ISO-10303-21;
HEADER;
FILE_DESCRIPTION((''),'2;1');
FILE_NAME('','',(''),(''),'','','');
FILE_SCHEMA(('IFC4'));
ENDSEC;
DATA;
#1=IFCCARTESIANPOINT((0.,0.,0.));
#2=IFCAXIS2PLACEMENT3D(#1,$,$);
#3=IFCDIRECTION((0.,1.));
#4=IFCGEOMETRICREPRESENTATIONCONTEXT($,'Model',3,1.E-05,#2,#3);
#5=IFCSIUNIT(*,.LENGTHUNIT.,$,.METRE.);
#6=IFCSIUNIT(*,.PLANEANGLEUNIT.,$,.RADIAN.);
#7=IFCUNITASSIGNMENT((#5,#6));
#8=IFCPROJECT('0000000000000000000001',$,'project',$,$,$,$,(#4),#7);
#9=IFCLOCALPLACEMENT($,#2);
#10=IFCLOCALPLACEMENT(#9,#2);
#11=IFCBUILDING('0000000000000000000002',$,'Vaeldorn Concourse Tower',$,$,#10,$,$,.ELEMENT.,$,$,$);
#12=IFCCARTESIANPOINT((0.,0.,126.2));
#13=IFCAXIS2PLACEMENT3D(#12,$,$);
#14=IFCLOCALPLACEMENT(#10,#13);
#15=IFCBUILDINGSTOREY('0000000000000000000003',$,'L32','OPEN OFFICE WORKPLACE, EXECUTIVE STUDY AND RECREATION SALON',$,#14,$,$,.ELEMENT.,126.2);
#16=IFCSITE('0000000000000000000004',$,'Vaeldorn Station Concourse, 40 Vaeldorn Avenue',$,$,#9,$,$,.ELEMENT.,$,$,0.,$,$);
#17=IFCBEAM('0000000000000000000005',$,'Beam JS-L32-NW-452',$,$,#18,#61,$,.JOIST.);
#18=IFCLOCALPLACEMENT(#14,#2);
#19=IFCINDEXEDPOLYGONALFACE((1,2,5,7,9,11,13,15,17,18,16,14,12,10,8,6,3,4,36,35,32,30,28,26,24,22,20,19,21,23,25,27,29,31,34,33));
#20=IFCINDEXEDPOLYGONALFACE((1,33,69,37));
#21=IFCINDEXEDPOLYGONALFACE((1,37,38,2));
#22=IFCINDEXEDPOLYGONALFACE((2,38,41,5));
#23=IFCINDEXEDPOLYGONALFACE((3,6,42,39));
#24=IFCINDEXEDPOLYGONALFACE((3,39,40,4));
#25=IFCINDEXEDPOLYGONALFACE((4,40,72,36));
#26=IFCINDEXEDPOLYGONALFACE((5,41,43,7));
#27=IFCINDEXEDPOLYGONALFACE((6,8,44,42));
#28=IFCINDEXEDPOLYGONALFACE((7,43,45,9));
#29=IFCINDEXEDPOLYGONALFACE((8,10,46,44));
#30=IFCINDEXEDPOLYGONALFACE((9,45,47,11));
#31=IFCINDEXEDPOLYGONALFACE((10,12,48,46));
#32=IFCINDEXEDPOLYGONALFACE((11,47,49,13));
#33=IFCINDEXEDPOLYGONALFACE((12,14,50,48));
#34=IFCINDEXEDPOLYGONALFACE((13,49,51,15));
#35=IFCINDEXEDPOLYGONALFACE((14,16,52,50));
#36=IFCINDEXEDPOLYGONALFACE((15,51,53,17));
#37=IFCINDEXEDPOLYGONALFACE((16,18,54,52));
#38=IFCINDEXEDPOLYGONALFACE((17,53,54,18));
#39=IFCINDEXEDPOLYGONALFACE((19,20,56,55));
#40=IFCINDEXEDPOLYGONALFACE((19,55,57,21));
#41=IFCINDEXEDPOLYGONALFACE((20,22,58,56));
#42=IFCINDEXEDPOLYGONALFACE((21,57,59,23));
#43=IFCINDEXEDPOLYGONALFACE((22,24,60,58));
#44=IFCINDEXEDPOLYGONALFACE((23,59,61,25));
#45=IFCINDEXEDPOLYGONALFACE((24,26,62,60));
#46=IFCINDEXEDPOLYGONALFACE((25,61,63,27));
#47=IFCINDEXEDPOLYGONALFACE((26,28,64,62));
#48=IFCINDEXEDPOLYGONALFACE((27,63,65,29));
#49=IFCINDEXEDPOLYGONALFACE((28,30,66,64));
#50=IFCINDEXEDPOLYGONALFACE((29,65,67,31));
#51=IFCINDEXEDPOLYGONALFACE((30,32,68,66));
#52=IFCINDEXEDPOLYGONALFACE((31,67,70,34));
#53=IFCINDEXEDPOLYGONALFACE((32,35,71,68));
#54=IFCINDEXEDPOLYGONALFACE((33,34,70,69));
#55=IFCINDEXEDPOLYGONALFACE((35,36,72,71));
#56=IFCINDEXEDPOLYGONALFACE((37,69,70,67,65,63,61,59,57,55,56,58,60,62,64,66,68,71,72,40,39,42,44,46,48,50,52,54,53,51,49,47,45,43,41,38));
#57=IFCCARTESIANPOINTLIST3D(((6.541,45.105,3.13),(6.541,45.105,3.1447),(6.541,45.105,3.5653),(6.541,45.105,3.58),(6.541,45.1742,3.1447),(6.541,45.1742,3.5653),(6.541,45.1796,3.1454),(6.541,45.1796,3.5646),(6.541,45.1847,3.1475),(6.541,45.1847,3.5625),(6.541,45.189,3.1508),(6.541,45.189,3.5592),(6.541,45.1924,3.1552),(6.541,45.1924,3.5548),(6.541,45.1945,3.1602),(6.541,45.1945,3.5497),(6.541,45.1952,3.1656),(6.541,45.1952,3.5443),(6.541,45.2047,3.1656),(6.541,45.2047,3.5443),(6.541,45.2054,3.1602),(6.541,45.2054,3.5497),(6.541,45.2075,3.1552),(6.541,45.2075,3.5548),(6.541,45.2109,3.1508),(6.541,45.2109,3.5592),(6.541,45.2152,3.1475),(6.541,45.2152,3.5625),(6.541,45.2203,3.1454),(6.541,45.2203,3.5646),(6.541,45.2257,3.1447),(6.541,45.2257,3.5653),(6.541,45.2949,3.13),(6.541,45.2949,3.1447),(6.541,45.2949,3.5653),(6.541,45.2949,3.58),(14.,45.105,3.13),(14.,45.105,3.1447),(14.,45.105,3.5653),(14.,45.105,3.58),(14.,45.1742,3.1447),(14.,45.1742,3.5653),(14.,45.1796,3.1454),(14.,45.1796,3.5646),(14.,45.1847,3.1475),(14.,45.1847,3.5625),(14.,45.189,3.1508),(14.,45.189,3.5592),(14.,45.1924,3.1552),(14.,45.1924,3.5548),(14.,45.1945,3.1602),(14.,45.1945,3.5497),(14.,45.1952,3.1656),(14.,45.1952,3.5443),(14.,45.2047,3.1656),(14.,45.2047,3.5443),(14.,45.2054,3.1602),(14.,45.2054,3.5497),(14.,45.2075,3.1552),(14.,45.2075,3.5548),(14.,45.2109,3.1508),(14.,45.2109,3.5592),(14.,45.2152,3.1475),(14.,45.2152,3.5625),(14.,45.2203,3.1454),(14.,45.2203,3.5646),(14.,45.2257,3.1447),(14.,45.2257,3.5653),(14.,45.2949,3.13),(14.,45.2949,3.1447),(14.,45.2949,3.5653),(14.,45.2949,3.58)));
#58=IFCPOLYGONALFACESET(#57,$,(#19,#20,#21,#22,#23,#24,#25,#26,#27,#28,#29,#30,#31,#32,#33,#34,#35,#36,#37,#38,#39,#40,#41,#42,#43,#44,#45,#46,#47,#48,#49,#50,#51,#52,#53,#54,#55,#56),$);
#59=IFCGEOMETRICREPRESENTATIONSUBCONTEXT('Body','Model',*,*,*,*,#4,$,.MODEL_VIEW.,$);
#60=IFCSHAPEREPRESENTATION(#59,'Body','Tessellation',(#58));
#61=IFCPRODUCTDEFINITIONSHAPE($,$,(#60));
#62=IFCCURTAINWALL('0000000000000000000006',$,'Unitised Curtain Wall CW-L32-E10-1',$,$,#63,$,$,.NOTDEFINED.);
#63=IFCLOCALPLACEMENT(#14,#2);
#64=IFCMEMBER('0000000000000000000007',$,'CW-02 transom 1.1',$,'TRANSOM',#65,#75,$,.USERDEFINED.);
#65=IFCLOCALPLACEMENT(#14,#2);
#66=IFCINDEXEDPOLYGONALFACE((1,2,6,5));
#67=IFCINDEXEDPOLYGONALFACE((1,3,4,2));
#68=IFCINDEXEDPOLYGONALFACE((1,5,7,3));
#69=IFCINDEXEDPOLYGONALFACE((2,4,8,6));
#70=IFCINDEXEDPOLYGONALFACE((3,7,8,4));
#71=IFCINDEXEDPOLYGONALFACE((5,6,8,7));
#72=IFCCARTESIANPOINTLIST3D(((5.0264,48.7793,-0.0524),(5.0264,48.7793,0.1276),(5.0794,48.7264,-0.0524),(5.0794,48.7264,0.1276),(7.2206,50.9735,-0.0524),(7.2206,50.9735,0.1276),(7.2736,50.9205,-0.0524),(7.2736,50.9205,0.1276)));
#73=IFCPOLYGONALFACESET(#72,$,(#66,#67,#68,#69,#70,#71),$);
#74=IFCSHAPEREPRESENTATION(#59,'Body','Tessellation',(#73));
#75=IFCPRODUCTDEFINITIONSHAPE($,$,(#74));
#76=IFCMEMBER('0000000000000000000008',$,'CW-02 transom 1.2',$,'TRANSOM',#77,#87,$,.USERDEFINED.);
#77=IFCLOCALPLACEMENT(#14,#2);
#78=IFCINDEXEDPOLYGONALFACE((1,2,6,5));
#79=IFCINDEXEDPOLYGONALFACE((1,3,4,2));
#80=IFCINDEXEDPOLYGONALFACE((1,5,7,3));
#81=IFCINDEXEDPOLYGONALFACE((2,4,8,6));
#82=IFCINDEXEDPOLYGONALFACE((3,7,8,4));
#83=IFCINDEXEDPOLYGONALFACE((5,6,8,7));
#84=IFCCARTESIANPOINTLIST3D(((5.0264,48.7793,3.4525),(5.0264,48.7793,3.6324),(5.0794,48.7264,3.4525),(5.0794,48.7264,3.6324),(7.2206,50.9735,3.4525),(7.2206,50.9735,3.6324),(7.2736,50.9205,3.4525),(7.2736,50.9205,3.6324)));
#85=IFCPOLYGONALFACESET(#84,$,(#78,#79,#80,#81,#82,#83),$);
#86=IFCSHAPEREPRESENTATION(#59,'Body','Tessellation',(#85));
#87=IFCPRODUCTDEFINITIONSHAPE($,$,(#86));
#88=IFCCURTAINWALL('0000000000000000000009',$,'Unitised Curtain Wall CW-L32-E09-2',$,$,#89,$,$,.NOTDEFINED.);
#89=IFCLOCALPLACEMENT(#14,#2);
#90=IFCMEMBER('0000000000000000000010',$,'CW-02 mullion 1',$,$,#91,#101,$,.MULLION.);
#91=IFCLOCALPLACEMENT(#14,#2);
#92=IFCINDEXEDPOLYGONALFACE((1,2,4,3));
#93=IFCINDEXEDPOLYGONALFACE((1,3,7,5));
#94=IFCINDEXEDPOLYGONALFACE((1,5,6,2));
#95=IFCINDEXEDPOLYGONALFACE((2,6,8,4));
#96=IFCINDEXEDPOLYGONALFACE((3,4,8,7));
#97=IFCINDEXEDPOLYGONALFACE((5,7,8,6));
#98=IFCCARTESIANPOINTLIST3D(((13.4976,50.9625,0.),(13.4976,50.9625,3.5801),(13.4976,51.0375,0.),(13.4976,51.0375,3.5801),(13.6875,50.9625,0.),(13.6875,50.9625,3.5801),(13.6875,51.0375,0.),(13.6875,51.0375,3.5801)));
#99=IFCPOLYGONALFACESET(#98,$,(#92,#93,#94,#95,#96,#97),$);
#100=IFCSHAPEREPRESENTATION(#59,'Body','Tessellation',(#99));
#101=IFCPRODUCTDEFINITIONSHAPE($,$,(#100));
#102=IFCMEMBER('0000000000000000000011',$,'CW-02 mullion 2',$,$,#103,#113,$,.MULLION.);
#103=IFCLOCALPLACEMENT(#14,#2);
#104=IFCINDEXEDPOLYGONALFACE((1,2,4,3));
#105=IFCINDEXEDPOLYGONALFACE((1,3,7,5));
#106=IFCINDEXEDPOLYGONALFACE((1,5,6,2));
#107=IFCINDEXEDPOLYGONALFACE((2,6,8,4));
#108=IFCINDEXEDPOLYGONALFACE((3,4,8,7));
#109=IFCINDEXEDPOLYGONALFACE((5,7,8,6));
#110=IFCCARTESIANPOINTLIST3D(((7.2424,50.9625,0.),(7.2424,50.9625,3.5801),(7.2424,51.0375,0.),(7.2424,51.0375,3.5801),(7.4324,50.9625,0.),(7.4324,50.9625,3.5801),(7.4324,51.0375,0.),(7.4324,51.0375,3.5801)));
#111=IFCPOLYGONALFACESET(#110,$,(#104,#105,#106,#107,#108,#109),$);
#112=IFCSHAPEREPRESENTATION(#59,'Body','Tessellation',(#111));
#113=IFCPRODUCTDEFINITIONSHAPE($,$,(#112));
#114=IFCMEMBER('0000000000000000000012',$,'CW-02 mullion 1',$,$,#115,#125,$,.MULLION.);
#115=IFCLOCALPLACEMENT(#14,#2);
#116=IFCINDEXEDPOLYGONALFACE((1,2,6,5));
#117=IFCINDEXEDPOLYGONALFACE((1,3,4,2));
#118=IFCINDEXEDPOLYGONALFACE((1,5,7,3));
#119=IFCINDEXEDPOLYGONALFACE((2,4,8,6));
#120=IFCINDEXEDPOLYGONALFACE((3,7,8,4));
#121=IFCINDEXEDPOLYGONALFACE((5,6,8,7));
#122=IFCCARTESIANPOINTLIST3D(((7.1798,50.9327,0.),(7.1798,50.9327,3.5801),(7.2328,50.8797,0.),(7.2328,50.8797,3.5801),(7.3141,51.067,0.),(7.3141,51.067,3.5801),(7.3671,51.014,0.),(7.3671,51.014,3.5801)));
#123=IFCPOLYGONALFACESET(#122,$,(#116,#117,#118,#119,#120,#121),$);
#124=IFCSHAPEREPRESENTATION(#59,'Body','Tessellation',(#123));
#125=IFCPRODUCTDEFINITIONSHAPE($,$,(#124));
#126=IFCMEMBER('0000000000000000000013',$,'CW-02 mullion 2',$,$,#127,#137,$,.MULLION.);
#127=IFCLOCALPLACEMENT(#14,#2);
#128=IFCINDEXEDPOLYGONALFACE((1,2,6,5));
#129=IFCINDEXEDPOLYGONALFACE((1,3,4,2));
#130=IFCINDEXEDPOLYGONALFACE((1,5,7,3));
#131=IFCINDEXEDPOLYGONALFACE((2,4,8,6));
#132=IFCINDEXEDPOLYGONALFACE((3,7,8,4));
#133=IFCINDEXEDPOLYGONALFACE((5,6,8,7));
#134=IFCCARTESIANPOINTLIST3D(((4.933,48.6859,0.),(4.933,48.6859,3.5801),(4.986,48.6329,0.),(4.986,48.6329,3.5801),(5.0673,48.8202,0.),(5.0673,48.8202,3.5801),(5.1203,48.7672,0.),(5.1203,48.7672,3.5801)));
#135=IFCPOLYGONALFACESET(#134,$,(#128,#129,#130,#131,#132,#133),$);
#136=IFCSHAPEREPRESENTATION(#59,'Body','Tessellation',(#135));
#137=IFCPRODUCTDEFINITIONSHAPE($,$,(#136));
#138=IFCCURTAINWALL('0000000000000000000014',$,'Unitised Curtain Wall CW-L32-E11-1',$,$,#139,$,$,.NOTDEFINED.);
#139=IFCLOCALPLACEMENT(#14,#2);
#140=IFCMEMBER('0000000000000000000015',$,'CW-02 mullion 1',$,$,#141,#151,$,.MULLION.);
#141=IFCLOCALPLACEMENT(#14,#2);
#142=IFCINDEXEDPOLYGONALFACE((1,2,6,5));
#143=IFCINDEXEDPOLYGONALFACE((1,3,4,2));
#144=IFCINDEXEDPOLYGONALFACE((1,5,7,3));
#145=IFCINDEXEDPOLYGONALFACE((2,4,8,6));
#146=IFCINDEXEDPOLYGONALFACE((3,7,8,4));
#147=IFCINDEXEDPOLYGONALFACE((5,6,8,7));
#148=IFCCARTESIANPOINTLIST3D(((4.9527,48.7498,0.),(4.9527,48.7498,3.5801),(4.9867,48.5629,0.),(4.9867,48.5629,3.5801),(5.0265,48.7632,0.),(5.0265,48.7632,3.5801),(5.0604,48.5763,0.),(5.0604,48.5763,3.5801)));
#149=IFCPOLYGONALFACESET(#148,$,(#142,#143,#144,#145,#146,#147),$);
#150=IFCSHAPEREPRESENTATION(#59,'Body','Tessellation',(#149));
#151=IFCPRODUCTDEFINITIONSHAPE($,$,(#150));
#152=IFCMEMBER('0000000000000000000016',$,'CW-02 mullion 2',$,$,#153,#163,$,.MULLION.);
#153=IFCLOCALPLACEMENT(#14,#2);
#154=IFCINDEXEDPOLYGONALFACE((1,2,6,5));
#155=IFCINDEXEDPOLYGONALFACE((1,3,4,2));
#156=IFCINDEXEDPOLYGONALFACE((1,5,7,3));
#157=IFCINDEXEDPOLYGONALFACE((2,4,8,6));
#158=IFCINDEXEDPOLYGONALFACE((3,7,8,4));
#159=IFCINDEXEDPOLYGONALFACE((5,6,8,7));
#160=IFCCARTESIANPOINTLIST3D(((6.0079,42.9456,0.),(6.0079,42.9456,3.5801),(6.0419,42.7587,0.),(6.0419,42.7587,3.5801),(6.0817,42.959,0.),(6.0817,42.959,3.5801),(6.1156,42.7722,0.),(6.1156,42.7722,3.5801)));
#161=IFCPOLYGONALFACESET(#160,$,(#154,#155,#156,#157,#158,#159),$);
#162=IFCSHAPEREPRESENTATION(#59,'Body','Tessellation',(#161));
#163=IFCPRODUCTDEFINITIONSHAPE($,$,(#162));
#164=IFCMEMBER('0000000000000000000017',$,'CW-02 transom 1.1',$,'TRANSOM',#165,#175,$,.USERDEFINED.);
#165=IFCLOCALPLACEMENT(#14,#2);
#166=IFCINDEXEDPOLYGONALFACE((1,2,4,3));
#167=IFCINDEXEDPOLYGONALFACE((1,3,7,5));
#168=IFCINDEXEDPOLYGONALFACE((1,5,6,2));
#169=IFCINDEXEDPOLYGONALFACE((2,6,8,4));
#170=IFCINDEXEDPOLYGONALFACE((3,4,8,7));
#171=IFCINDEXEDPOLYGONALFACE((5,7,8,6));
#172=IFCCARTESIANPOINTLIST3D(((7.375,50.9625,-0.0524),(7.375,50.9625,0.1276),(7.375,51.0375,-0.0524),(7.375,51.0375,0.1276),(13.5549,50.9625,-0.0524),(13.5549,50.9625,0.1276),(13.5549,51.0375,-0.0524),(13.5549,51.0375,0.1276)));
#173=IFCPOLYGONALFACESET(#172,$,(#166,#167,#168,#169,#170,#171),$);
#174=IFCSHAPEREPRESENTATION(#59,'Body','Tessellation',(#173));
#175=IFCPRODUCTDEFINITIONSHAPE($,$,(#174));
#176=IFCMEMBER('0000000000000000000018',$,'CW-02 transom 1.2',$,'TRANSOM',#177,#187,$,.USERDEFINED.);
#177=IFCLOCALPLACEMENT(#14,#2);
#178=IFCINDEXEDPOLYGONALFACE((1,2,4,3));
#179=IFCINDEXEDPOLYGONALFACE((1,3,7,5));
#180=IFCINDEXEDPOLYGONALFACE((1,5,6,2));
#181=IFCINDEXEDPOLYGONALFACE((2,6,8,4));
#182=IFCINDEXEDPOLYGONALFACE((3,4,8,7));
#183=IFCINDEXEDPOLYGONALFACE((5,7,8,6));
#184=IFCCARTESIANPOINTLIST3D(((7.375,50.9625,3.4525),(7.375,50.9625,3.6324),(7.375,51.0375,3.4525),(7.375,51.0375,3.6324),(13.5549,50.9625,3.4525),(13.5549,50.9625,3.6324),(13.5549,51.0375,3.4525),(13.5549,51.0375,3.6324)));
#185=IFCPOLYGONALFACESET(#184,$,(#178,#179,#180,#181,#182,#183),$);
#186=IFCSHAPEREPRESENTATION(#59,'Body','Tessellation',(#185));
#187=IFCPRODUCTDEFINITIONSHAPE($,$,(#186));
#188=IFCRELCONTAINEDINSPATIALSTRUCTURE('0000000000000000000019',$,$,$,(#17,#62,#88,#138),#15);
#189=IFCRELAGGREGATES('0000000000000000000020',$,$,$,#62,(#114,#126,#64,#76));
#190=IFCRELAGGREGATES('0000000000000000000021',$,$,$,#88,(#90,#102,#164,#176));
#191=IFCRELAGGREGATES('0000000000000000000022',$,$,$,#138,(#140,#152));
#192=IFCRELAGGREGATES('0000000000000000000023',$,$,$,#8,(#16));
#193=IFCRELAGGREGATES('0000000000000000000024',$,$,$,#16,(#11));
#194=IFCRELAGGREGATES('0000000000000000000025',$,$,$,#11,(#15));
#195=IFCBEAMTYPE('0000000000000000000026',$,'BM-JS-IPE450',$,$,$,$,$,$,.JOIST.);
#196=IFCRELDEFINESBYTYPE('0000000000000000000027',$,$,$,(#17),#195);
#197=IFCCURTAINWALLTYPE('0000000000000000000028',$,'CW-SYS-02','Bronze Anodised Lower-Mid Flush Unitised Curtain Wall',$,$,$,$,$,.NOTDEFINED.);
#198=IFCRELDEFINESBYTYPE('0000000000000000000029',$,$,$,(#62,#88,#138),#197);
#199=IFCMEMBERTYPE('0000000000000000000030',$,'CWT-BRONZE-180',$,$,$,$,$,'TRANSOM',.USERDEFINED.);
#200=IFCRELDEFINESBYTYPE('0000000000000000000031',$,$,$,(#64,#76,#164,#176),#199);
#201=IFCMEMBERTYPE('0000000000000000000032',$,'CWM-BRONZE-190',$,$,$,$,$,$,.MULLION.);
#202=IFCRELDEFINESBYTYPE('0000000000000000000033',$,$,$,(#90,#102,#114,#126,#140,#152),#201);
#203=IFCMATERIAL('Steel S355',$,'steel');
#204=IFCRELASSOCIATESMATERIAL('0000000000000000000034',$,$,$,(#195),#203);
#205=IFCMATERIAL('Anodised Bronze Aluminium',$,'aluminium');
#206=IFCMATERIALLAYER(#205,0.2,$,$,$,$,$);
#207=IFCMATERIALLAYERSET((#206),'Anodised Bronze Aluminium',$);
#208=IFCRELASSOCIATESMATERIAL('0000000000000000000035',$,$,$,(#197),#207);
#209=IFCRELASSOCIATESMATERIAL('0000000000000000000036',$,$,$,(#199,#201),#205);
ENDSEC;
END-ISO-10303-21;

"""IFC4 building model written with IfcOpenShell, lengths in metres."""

from ifc_helpers import new_model, si_unit, direction, frame, origin, origin_2d, place, context, subcontext, project, spatial, rectangle, i_section, extrude, source, transform, mapped, material, layer, layer_set, material_profile, profile_set, type_object, element, aggregate, save


model = new_model("IFC4")

# Units and contexts
model_context = context("Model", 3, precision=1e-05, world=origin(), true_north=direction((0.0, 1.0)))
body_context = subcontext(model_context, "Body", "Model", "MODEL_VIEW")
ifc_project = project(units=[si_unit("LENGTHUNIT", "METRE"), si_unit("PLANEANGLEUNIT", "RADIAN")], contexts=[model_context])

# Site, building, storey
site_placement = place(None, origin())
site = spatial("IfcSite", under=ifc_project, at=site_placement, Name="Vaeldorn Station Concourse, 40 Vaeldorn Avenue", CompositionType="ELEMENT", RefElevation=0.0)
building_placement = place(site_placement, origin())
building = spatial("IfcBuilding", under=site, at=building_placement, Name="Vaeldorn Concourse Tower", CompositionType="ELEMENT")
storey_placement = place(building_placement, frame((0.0, 0.0, 126.2)))
storey = spatial("IfcBuildingStorey", under=building, at=storey_placement, Name="L32", Description="OPEN OFFICE WORKPLACE, EXECUTIVE STUDY AND RECREATION SALON", CompositionType="ELEMENT", Elevation=126.2)

# Beam
ifc_material_1 = material(Name="Steel S355", Category="steel")
ifc_material_profile_1 = material_profile(ifc_material_1, i_section(OverallWidth=0.1899, OverallDepth=0.45, WebThickness=0.0095, FlangeThickness=0.0146, FilletRadius=0.021, at=origin_2d()), Name="IPE 450")
ifc_profile_set_1 = profile_set([ifc_material_profile_1], Name="Steel S355")
beam_type_1 = type_object("IfcBeamType", Name="BM-JS-IPE450", PredefinedType="JOIST", material=ifc_profile_set_1)
shared_shape_1 = source(origin(), body_context, "Body", "SweptSolid", [
    extrude(i_section(OverallWidth=0.1899, OverallDepth=0.45, WebThickness=0.0095, FlangeThickness=0.0146, FilletRadius=0.021, at=origin_2d()), origin(), (0.0, 0.0, 1.0), 7.459),
])
beam_1_placement = place(storey_placement, frame((6.541, 45.2, 3.355), z_axis=(1.0, 0.0, 0.0), x_axis=(0.0, 1.0, 0.0)))
element("IfcBeam", 1, at=beam_1_placement, inside=storey, type_object=beam_type_1, Name="Beam JS-L32-NW-452", PredefinedType="JOIST", context=body_context, shape_type="MappedRepresentation", body=[
    mapped(shared_shape_1, transform((0.0, 0.0, 0.0), scale=1.0)),
])

# Curtain walls, members
ifc_material_2 = material(Name="Anodised Bronze Aluminium", Category="aluminium")
ifc_layer_1 = layer(ifc_material_2, 0.2)
ifc_layer_set_1 = layer_set([ifc_layer_1], Name="Anodised Bronze Aluminium")
curtain_wall_type = type_object("IfcCurtainWallType", Name="CW-SYS-02", Description="Bronze Anodised Lower-Mid Flush Unitised Curtain Wall", PredefinedType="NOTDEFINED", material=ifc_layer_set_1)
curtain_wall_1_placement = place(storey_placement, origin())
curtain_wall_1 = element("IfcCurtainWall", 2, at=curtain_wall_1_placement, inside=storey, type_object=curtain_wall_type, Name="Unitised Curtain Wall CW-L32-E10-1", PredefinedType="NOTDEFINED")
ifc_material_profile_2 = material_profile(ifc_material_2, rectangle(XDim=0.075, YDim=0.1799, at=origin_2d()), Name="CWT 75x180")
ifc_profile_set_2 = profile_set([ifc_material_profile_2], Name="Anodised Bronze Aluminium")
member_type_1 = type_object("IfcMemberType", Name="CWT-BRONZE-180", ElementType="TRANSOM", PredefinedType="USERDEFINED", material=ifc_profile_set_2)
shared_shape_2 = source(origin(), body_context, "Body", "SweptSolid", [
    extrude(rectangle(XDim=0.075, YDim=0.1799, at=origin_2d()), origin(), (0.0, 0.0, 1.0), 3.103),
])
member_1_placement = place(storey_placement, frame((7.2471, 50.947, 0.0376), z_axis=(-0.707107, -0.707107, 0.0), x_axis=(0.707107, -0.707107, 0.0)))
member_1 = element("IfcMember", 3, at=member_1_placement, type_object=member_type_1, Name="CW-02 transom 1.1", ObjectType="TRANSOM", PredefinedType="USERDEFINED", context=body_context, shape_type="MappedRepresentation", body=[
    mapped(shared_shape_2, transform((0.0, 0.0, 0.0), scale=1.0)),
])
member_2_placement = place(storey_placement, frame((7.2471, 50.947, 3.5425), z_axis=(-0.707107, -0.707107, 0.0), x_axis=(0.707107, -0.707107, 0.0)))
member_2 = element("IfcMember", 4, at=member_2_placement, type_object=member_type_1, Name="CW-02 transom 1.2", ObjectType="TRANSOM", PredefinedType="USERDEFINED", context=body_context, shape_type="MappedRepresentation", body=[
    mapped(shared_shape_2, transform((0.0, 0.0, 0.0), scale=1.0)),
])
curtain_wall_2_placement = place(storey_placement, origin())
curtain_wall_2 = element("IfcCurtainWall", 5, at=curtain_wall_2_placement, inside=storey, type_object=curtain_wall_type, Name="Unitised Curtain Wall CW-L32-E09-2", PredefinedType="NOTDEFINED")
ifc_material_profile_3 = material_profile(ifc_material_2, rectangle(XDim=0.075, YDim=0.1899, at=origin_2d()), Name="CWM 75x190")
ifc_profile_set_3 = profile_set([ifc_material_profile_3], Name="Anodised Bronze Aluminium")
member_type_2 = type_object("IfcMemberType", Name="CWM-BRONZE-190", PredefinedType="MULLION", material=ifc_profile_set_3)
shared_shape_3 = source(origin(), body_context, "Body", "SweptSolid", [
    extrude(rectangle(XDim=0.075, YDim=0.1899, at=origin_2d()), origin(), (0.0, 0.0, 1.0), 3.5801),
])
member_3_placement = place(storey_placement, frame((13.5925, 51.0, 0.0), z_axis=(0.0, 0.0, 1.0), x_axis=(0.0, -1.0, 0.0)))
member_3 = element("IfcMember", 6, at=member_3_placement, type_object=member_type_2, Name="CW-02 mullion 1", PredefinedType="MULLION", context=body_context, shape_type="MappedRepresentation", body=[
    mapped(shared_shape_3, transform((0.0, 0.0, 0.0), scale=1.0)),
])
member_4_placement = place(storey_placement, frame((7.3374, 51.0, 0.0), z_axis=(0.0, 0.0, 1.0), x_axis=(0.0, -1.0, 0.0)))
member_4 = element("IfcMember", 7, at=member_4_placement, type_object=member_type_2, Name="CW-02 mullion 2", PredefinedType="MULLION", context=body_context, shape_type="MappedRepresentation", body=[
    mapped(shared_shape_3, transform((0.0, 0.0, 0.0), scale=1.0)),
])

# Members
member_5_placement = place(storey_placement, frame((7.2734, 50.9734, 0.0), z_axis=(0.0, 0.0, 1.0), x_axis=(0.707107, -0.707107, 0.0)))
member_5 = element("IfcMember", 8, at=member_5_placement, type_object=member_type_2, Name="CW-02 mullion 1", PredefinedType="MULLION", context=body_context, shape_type="MappedRepresentation", body=[
    mapped(shared_shape_3, transform((0.0, 0.0, 0.0), scale=1.0)),
])
member_6_placement = place(storey_placement, frame((5.0266, 48.7266, 0.0), z_axis=(0.0, 0.0, 1.0), x_axis=(0.707107, -0.707107, 0.0)))
member_6 = element("IfcMember", 9, at=member_6_placement, type_object=member_type_2, Name="CW-02 mullion 2", PredefinedType="MULLION", context=body_context, shape_type="MappedRepresentation", body=[
    mapped(shared_shape_3, transform((0.0, 0.0, 0.0), scale=1.0)),
])

# Curtain wall, members
curtain_wall_3_placement = place(storey_placement, origin())
curtain_wall_3 = element("IfcCurtainWall", 10, at=curtain_wall_3_placement, inside=storey, type_object=curtain_wall_type, Name="Unitised Curtain Wall CW-L32-E11-1", PredefinedType="NOTDEFINED")
member_7_placement = place(storey_placement, frame((5.0066, 48.6631, 0.0), z_axis=(0.0, 0.0, 1.0), x_axis=(0.983874, 0.178861, 0.0)))
member_7 = element("IfcMember", 11, at=member_7_placement, type_object=member_type_2, Name="CW-02 mullion 1", PredefinedType="MULLION", context=body_context, shape_type="MappedRepresentation", body=[
    mapped(shared_shape_3, transform((0.0, 0.0, 0.0), scale=1.0)),
])
member_8_placement = place(storey_placement, frame((6.0618, 42.8589, 0.0), z_axis=(0.0, 0.0, 1.0), x_axis=(0.983874, 0.178861, 0.0)))
member_8 = element("IfcMember", 12, at=member_8_placement, type_object=member_type_2, Name="CW-02 mullion 2", PredefinedType="MULLION", context=body_context, shape_type="MappedRepresentation", body=[
    mapped(shared_shape_3, transform((0.0, 0.0, 0.0), scale=1.0)),
])

# Members
shared_shape_4 = source(origin(), body_context, "Body", "SweptSolid", [
    extrude(rectangle(XDim=0.075, YDim=0.1799, at=origin_2d()), origin(), (0.0, 0.0, 1.0), 6.1799),
])
member_9_placement = place(storey_placement, frame((13.5549, 51.0, 0.0376), z_axis=(-1.0, 0.0, 0.0), x_axis=(0.0, -1.0, 0.0)))
member_9 = element("IfcMember", 13, at=member_9_placement, type_object=member_type_1, Name="CW-02 transom 1.1", ObjectType="TRANSOM", PredefinedType="USERDEFINED", context=body_context, shape_type="MappedRepresentation", body=[
    mapped(shared_shape_4, transform((0.0, 0.0, 0.0), scale=1.0)),
])
member_10_placement = place(storey_placement, frame((13.5549, 51.0, 3.5425), z_axis=(-1.0, 0.0, 0.0), x_axis=(0.0, -1.0, 0.0)))
member_10 = element("IfcMember", 14, at=member_10_placement, type_object=member_type_1, Name="CW-02 transom 1.2", ObjectType="TRANSOM", PredefinedType="USERDEFINED", context=body_context, shape_type="MappedRepresentation", body=[
    mapped(shared_shape_4, transform((0.0, 0.0, 0.0), scale=1.0)),
])

aggregate(curtain_wall_1, [member_5, member_6, member_1, member_2])
aggregate(curtain_wall_2, [member_3, member_4, member_9, member_10])
aggregate(curtain_wall_3, [member_7, member_8])

save(model, "model.ifc")
